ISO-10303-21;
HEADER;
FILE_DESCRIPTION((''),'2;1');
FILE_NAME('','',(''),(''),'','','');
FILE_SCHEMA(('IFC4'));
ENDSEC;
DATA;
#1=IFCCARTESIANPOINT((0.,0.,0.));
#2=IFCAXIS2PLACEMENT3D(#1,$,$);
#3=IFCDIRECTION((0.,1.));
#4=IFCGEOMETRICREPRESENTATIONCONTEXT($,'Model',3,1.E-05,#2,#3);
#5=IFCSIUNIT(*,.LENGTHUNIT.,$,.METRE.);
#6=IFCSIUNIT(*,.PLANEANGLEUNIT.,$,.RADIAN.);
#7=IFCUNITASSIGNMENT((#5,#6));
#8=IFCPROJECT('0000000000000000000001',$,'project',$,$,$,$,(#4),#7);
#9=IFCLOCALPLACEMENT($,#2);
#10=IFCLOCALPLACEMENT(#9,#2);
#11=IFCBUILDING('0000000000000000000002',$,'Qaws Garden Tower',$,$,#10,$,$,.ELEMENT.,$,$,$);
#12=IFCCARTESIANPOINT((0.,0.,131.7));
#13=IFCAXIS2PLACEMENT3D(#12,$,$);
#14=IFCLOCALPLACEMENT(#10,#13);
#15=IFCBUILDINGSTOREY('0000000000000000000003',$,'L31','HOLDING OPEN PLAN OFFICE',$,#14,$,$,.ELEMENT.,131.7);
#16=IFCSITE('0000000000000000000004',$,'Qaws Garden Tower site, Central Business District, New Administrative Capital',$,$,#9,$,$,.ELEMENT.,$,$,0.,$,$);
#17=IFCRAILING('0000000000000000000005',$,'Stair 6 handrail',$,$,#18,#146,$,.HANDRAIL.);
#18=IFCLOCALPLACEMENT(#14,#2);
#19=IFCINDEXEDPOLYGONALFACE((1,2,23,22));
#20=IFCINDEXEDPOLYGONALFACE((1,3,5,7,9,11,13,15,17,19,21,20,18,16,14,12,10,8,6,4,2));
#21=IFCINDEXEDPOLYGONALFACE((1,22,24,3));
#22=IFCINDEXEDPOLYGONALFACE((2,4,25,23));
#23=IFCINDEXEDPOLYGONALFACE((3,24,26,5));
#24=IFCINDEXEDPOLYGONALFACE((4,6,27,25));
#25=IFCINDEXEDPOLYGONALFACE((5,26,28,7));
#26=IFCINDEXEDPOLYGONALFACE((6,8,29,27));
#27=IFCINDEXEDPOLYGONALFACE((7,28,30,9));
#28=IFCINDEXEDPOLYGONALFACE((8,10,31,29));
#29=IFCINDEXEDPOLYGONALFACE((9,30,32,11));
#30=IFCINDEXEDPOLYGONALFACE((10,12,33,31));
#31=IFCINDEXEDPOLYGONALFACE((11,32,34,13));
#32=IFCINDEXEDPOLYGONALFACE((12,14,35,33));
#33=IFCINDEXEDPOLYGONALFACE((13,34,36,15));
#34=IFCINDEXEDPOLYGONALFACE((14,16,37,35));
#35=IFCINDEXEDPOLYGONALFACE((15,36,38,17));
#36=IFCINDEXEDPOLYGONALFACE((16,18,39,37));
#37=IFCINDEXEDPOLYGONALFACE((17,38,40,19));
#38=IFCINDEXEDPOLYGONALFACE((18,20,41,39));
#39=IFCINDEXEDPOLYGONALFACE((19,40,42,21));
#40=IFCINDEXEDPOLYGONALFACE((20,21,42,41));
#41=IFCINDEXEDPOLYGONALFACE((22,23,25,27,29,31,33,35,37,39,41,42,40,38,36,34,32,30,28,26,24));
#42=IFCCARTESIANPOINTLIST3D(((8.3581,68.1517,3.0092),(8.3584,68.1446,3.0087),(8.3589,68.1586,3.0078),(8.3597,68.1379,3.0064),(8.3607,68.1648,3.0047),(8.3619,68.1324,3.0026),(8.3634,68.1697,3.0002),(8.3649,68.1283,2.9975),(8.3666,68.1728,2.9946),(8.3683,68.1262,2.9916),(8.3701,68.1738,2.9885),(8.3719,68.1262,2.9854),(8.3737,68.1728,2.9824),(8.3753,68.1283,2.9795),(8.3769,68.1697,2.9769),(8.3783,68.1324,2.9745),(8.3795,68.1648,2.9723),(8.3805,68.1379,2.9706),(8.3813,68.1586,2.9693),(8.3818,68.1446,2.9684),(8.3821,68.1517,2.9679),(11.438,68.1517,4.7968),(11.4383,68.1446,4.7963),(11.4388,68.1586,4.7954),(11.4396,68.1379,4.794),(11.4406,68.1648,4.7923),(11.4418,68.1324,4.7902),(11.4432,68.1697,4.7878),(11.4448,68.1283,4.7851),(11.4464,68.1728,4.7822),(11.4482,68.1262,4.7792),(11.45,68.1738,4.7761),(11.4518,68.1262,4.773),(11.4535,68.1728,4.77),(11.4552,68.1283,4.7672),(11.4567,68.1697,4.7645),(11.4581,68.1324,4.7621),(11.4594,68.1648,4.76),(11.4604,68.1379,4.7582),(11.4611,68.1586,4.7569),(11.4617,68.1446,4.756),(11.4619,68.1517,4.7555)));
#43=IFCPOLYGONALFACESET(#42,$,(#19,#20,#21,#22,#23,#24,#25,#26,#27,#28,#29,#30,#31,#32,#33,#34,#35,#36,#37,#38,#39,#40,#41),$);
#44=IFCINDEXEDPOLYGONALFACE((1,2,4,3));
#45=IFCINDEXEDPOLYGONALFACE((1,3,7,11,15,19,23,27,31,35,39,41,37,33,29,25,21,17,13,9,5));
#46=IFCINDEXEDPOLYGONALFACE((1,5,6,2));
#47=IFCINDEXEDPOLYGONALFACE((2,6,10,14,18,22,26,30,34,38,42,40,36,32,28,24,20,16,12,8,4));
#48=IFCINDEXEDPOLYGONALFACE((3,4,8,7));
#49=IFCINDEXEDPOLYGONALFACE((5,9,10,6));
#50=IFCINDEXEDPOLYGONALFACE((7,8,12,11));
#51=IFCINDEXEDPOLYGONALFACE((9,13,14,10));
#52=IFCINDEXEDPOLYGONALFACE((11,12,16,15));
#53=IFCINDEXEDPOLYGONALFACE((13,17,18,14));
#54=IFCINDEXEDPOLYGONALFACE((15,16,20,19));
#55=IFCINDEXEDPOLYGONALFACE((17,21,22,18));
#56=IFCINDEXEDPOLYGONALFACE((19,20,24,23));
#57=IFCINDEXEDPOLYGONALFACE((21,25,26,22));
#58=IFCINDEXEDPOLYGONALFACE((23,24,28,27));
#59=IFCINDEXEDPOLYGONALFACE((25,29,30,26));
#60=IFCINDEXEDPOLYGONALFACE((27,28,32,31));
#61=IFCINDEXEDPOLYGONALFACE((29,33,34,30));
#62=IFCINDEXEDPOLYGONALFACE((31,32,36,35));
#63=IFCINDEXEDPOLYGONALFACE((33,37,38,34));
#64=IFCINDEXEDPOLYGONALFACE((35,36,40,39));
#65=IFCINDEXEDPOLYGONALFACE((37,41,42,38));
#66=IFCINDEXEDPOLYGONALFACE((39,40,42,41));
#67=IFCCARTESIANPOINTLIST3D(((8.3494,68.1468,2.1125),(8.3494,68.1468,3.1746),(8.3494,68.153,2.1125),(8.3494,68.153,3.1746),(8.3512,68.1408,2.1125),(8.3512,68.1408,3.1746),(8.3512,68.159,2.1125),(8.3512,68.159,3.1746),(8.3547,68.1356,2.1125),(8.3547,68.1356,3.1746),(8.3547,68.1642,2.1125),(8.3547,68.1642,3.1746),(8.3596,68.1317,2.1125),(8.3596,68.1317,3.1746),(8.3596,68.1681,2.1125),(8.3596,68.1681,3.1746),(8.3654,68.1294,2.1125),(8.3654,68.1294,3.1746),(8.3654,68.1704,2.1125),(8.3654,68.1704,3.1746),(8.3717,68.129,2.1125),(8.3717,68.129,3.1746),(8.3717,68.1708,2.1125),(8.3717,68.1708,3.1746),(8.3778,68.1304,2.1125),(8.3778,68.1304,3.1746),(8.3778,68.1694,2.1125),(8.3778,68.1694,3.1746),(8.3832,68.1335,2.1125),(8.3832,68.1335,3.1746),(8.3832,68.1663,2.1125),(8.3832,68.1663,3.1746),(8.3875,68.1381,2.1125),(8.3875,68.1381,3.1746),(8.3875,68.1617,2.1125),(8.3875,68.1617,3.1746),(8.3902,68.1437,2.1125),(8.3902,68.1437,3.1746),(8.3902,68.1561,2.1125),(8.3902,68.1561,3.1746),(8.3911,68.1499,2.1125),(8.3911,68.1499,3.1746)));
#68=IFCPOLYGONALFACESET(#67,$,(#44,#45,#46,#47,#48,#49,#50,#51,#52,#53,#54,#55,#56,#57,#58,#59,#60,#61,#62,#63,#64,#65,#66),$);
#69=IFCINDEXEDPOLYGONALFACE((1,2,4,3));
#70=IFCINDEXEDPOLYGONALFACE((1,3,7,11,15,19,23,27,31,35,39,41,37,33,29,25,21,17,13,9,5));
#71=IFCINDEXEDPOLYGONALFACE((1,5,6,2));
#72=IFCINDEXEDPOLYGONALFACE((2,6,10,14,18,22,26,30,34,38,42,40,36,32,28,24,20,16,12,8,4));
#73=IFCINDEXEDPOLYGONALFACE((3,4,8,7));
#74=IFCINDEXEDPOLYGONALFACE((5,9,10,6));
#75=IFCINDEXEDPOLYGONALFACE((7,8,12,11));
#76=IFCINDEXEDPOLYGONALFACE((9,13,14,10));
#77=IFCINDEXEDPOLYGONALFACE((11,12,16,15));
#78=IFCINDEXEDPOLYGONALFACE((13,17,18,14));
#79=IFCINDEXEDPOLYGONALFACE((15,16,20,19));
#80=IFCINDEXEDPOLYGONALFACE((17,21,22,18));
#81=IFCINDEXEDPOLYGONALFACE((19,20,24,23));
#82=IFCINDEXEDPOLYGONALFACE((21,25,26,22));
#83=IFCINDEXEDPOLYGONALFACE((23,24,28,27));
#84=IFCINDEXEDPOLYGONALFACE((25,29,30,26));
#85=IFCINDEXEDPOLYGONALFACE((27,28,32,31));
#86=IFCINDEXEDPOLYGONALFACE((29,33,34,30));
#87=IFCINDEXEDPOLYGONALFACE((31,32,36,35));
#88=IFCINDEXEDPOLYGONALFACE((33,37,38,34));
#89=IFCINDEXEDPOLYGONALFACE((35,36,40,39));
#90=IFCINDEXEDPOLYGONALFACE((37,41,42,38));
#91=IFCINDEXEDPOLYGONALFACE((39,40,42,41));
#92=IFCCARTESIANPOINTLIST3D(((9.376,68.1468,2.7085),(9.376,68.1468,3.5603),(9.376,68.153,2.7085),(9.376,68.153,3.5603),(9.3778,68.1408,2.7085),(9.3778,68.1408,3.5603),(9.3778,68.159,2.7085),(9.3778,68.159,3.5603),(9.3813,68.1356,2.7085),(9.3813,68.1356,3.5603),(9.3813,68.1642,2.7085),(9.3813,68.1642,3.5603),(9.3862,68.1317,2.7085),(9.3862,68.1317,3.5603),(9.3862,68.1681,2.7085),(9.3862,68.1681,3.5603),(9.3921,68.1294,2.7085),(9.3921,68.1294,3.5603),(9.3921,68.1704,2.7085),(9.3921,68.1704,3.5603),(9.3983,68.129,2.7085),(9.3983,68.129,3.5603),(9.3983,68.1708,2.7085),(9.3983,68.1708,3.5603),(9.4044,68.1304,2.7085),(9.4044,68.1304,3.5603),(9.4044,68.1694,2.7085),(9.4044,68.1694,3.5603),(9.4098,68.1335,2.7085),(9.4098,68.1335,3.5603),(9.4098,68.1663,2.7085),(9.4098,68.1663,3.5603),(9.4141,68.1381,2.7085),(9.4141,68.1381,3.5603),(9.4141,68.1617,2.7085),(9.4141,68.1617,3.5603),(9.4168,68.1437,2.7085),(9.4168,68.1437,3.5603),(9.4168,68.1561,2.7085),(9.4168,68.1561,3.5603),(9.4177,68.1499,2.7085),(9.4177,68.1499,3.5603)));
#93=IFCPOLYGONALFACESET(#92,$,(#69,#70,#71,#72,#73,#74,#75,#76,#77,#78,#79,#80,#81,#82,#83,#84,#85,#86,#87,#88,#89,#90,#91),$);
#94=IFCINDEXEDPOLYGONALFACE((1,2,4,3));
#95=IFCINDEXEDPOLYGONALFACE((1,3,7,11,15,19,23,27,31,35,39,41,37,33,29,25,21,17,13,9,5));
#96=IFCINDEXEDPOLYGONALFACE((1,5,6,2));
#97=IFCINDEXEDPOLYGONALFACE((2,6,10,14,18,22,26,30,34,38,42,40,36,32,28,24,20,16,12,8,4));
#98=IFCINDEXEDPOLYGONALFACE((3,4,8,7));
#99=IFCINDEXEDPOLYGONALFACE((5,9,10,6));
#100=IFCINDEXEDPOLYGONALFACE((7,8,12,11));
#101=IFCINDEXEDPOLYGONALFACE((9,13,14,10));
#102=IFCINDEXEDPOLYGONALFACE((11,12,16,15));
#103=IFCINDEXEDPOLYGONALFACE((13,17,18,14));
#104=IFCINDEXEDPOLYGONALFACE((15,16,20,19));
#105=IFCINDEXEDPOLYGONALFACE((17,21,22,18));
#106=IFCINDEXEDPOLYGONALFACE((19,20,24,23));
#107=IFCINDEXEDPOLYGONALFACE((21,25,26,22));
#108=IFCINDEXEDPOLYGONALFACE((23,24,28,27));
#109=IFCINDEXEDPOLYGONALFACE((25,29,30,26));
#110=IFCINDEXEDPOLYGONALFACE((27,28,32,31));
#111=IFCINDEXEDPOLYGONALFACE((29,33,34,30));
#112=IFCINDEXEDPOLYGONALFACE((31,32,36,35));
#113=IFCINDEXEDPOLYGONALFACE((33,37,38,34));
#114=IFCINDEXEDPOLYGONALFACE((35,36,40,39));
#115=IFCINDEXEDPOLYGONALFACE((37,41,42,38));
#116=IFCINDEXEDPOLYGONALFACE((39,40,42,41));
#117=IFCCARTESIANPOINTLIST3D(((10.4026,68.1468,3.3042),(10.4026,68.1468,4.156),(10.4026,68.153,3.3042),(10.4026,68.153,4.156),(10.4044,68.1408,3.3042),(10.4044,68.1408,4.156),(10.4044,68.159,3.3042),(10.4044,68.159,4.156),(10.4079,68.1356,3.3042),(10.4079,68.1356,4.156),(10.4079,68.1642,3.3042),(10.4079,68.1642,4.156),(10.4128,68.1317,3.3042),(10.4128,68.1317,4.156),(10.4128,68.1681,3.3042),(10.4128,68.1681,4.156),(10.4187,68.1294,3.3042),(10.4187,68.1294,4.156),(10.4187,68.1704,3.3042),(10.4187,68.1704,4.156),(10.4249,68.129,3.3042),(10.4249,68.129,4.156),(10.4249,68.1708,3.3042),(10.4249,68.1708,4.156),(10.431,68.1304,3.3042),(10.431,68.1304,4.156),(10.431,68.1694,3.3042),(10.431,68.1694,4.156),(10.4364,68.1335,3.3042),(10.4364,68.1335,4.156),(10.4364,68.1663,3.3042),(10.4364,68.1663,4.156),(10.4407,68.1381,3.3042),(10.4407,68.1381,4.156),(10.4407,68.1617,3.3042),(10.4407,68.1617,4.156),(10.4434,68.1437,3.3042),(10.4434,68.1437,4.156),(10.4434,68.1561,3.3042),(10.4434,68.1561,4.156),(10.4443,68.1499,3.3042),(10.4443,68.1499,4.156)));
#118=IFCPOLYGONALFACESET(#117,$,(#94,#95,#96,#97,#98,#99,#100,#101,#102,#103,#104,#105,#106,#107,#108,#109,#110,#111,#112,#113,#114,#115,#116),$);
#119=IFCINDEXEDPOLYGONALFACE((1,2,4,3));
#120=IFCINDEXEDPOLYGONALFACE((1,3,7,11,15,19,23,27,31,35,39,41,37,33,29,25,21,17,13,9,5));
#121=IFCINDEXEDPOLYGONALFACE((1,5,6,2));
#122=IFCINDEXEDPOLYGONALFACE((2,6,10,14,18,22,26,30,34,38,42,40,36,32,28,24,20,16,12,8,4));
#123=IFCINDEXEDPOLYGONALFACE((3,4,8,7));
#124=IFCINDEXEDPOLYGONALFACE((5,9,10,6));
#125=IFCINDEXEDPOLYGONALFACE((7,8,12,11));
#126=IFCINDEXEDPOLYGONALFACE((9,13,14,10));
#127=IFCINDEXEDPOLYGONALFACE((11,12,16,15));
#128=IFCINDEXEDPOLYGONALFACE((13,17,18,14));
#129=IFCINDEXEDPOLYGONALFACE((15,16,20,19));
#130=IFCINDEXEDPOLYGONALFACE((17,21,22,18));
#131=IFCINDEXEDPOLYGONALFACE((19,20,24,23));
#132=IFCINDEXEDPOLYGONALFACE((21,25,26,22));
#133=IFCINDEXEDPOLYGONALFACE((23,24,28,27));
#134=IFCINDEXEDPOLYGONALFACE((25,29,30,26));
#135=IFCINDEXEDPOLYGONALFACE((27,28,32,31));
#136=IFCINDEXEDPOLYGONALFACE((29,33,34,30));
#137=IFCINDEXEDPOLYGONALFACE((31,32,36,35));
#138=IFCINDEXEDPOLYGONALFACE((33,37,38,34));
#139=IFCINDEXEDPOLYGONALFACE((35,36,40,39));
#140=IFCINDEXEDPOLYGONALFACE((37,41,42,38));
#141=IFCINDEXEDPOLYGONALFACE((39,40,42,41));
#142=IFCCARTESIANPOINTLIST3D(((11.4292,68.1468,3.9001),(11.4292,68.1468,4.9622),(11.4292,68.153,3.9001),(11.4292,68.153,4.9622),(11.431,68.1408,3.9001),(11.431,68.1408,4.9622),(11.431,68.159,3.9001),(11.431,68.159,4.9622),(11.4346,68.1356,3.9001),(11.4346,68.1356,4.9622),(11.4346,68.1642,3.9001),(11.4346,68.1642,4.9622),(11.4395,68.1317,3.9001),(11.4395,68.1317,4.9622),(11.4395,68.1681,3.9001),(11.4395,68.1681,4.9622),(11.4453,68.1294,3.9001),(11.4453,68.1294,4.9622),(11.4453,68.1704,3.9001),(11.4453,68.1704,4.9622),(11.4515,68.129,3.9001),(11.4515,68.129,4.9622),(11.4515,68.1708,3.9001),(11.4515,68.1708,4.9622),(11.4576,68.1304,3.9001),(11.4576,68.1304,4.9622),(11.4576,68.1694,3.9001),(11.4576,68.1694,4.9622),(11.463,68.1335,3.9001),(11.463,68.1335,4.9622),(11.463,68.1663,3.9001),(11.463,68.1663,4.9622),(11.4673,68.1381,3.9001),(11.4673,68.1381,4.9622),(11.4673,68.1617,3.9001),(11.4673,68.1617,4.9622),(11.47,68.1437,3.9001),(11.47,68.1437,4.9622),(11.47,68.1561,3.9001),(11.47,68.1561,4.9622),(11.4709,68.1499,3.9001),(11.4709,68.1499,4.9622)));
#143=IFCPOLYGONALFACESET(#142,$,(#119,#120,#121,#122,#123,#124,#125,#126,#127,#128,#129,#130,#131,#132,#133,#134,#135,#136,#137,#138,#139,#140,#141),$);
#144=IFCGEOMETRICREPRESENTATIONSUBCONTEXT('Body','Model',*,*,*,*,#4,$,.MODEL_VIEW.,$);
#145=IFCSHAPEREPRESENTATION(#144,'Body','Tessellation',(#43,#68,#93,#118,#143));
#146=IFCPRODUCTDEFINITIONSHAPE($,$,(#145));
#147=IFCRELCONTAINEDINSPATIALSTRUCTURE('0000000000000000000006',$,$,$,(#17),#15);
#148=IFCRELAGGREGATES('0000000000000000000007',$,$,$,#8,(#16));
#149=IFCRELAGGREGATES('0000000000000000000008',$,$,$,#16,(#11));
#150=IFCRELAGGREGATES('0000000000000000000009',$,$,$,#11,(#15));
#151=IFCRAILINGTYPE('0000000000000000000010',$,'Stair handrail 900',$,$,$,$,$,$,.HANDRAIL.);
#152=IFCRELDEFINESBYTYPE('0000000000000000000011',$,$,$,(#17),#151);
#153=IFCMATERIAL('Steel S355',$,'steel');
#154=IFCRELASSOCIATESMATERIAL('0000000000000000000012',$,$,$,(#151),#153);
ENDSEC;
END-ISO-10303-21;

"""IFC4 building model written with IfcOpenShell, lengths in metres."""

from ifc_helpers import new_model, si_unit, direction, frame, origin, origin_2d, place, context, subcontext, project, spatial, circle, extrude, material, type_object, element, save


model = new_model("IFC4")

# Units and contexts
model_context = context("Model", 3, precision=1e-05, world=origin(), true_north=direction((0.0, 1.0)))
body_context = subcontext(model_context, "Body", "Model", "MODEL_VIEW")
ifc_project = project(units=[si_unit("LENGTHUNIT", "METRE"), si_unit("PLANEANGLEUNIT", "RADIAN")], contexts=[model_context])

# Site, building, storey
site_placement = place(None, origin())
site = spatial("IfcSite", under=ifc_project, at=site_placement, Name="Qaws Garden Tower site, Central Business District, New Administrative Capital", CompositionType="ELEMENT", RefElevation=0.0)
building_placement = place(site_placement, origin())
building = spatial("IfcBuilding", under=site, at=building_placement, Name="Qaws Garden Tower", CompositionType="ELEMENT")
storey_placement = place(building_placement, frame((0.0, 0.0, 131.7)))
storey = spatial("IfcBuildingStorey", under=building, at=storey_placement, Name="L31", Description="HOLDING OPEN PLAN OFFICE", CompositionType="ELEMENT", Elevation=131.7)

# Railing
ifc_material_1 = material(Name="Steel S355", Category="steel")
railing_type = type_object("IfcRailingType", Name="Stair handrail 900", PredefinedType="HANDRAIL", material=ifc_material_1)
railing_1_placement = place(storey_placement, frame((8.3701, 68.1499, 2.1125)))
element("IfcRailing", 1, at=railing_1_placement, inside=storey, type_object=railing_type, Name="Stair 6 handrail", PredefinedType="HANDRAIL", context=body_context, shape_type="SweptSolid", body=[
    extrude(circle(Radius=0.0239, at=origin_2d()), frame((0.0, 0.0, 0.876), z_axis=(0.864873, 0.0, 0.50199), x_axis=(0.0, 1.0, 0.0)), (0.0, 0.0, 1.0), 3.561),
    extrude(circle(Radius=0.021, at=origin_2d()), origin(), (0.0, 0.0, 1.0), 1.062),
    extrude(circle(Radius=0.021, at=origin_2d()), frame((1.0266, 0.0, 0.5959)), (0.0, 0.0, 1.0), 0.8518),
    extrude(circle(Radius=0.021, at=origin_2d()), frame((2.0532, 0.0, 1.1917)), (0.0, 0.0, 1.0), 0.8518),
    extrude(circle(Radius=0.021, at=origin_2d()), frame((3.0798, 0.0, 1.7876)), (0.0, 0.0, 1.0), 1.062),
])

save(model, "model.ifc")
